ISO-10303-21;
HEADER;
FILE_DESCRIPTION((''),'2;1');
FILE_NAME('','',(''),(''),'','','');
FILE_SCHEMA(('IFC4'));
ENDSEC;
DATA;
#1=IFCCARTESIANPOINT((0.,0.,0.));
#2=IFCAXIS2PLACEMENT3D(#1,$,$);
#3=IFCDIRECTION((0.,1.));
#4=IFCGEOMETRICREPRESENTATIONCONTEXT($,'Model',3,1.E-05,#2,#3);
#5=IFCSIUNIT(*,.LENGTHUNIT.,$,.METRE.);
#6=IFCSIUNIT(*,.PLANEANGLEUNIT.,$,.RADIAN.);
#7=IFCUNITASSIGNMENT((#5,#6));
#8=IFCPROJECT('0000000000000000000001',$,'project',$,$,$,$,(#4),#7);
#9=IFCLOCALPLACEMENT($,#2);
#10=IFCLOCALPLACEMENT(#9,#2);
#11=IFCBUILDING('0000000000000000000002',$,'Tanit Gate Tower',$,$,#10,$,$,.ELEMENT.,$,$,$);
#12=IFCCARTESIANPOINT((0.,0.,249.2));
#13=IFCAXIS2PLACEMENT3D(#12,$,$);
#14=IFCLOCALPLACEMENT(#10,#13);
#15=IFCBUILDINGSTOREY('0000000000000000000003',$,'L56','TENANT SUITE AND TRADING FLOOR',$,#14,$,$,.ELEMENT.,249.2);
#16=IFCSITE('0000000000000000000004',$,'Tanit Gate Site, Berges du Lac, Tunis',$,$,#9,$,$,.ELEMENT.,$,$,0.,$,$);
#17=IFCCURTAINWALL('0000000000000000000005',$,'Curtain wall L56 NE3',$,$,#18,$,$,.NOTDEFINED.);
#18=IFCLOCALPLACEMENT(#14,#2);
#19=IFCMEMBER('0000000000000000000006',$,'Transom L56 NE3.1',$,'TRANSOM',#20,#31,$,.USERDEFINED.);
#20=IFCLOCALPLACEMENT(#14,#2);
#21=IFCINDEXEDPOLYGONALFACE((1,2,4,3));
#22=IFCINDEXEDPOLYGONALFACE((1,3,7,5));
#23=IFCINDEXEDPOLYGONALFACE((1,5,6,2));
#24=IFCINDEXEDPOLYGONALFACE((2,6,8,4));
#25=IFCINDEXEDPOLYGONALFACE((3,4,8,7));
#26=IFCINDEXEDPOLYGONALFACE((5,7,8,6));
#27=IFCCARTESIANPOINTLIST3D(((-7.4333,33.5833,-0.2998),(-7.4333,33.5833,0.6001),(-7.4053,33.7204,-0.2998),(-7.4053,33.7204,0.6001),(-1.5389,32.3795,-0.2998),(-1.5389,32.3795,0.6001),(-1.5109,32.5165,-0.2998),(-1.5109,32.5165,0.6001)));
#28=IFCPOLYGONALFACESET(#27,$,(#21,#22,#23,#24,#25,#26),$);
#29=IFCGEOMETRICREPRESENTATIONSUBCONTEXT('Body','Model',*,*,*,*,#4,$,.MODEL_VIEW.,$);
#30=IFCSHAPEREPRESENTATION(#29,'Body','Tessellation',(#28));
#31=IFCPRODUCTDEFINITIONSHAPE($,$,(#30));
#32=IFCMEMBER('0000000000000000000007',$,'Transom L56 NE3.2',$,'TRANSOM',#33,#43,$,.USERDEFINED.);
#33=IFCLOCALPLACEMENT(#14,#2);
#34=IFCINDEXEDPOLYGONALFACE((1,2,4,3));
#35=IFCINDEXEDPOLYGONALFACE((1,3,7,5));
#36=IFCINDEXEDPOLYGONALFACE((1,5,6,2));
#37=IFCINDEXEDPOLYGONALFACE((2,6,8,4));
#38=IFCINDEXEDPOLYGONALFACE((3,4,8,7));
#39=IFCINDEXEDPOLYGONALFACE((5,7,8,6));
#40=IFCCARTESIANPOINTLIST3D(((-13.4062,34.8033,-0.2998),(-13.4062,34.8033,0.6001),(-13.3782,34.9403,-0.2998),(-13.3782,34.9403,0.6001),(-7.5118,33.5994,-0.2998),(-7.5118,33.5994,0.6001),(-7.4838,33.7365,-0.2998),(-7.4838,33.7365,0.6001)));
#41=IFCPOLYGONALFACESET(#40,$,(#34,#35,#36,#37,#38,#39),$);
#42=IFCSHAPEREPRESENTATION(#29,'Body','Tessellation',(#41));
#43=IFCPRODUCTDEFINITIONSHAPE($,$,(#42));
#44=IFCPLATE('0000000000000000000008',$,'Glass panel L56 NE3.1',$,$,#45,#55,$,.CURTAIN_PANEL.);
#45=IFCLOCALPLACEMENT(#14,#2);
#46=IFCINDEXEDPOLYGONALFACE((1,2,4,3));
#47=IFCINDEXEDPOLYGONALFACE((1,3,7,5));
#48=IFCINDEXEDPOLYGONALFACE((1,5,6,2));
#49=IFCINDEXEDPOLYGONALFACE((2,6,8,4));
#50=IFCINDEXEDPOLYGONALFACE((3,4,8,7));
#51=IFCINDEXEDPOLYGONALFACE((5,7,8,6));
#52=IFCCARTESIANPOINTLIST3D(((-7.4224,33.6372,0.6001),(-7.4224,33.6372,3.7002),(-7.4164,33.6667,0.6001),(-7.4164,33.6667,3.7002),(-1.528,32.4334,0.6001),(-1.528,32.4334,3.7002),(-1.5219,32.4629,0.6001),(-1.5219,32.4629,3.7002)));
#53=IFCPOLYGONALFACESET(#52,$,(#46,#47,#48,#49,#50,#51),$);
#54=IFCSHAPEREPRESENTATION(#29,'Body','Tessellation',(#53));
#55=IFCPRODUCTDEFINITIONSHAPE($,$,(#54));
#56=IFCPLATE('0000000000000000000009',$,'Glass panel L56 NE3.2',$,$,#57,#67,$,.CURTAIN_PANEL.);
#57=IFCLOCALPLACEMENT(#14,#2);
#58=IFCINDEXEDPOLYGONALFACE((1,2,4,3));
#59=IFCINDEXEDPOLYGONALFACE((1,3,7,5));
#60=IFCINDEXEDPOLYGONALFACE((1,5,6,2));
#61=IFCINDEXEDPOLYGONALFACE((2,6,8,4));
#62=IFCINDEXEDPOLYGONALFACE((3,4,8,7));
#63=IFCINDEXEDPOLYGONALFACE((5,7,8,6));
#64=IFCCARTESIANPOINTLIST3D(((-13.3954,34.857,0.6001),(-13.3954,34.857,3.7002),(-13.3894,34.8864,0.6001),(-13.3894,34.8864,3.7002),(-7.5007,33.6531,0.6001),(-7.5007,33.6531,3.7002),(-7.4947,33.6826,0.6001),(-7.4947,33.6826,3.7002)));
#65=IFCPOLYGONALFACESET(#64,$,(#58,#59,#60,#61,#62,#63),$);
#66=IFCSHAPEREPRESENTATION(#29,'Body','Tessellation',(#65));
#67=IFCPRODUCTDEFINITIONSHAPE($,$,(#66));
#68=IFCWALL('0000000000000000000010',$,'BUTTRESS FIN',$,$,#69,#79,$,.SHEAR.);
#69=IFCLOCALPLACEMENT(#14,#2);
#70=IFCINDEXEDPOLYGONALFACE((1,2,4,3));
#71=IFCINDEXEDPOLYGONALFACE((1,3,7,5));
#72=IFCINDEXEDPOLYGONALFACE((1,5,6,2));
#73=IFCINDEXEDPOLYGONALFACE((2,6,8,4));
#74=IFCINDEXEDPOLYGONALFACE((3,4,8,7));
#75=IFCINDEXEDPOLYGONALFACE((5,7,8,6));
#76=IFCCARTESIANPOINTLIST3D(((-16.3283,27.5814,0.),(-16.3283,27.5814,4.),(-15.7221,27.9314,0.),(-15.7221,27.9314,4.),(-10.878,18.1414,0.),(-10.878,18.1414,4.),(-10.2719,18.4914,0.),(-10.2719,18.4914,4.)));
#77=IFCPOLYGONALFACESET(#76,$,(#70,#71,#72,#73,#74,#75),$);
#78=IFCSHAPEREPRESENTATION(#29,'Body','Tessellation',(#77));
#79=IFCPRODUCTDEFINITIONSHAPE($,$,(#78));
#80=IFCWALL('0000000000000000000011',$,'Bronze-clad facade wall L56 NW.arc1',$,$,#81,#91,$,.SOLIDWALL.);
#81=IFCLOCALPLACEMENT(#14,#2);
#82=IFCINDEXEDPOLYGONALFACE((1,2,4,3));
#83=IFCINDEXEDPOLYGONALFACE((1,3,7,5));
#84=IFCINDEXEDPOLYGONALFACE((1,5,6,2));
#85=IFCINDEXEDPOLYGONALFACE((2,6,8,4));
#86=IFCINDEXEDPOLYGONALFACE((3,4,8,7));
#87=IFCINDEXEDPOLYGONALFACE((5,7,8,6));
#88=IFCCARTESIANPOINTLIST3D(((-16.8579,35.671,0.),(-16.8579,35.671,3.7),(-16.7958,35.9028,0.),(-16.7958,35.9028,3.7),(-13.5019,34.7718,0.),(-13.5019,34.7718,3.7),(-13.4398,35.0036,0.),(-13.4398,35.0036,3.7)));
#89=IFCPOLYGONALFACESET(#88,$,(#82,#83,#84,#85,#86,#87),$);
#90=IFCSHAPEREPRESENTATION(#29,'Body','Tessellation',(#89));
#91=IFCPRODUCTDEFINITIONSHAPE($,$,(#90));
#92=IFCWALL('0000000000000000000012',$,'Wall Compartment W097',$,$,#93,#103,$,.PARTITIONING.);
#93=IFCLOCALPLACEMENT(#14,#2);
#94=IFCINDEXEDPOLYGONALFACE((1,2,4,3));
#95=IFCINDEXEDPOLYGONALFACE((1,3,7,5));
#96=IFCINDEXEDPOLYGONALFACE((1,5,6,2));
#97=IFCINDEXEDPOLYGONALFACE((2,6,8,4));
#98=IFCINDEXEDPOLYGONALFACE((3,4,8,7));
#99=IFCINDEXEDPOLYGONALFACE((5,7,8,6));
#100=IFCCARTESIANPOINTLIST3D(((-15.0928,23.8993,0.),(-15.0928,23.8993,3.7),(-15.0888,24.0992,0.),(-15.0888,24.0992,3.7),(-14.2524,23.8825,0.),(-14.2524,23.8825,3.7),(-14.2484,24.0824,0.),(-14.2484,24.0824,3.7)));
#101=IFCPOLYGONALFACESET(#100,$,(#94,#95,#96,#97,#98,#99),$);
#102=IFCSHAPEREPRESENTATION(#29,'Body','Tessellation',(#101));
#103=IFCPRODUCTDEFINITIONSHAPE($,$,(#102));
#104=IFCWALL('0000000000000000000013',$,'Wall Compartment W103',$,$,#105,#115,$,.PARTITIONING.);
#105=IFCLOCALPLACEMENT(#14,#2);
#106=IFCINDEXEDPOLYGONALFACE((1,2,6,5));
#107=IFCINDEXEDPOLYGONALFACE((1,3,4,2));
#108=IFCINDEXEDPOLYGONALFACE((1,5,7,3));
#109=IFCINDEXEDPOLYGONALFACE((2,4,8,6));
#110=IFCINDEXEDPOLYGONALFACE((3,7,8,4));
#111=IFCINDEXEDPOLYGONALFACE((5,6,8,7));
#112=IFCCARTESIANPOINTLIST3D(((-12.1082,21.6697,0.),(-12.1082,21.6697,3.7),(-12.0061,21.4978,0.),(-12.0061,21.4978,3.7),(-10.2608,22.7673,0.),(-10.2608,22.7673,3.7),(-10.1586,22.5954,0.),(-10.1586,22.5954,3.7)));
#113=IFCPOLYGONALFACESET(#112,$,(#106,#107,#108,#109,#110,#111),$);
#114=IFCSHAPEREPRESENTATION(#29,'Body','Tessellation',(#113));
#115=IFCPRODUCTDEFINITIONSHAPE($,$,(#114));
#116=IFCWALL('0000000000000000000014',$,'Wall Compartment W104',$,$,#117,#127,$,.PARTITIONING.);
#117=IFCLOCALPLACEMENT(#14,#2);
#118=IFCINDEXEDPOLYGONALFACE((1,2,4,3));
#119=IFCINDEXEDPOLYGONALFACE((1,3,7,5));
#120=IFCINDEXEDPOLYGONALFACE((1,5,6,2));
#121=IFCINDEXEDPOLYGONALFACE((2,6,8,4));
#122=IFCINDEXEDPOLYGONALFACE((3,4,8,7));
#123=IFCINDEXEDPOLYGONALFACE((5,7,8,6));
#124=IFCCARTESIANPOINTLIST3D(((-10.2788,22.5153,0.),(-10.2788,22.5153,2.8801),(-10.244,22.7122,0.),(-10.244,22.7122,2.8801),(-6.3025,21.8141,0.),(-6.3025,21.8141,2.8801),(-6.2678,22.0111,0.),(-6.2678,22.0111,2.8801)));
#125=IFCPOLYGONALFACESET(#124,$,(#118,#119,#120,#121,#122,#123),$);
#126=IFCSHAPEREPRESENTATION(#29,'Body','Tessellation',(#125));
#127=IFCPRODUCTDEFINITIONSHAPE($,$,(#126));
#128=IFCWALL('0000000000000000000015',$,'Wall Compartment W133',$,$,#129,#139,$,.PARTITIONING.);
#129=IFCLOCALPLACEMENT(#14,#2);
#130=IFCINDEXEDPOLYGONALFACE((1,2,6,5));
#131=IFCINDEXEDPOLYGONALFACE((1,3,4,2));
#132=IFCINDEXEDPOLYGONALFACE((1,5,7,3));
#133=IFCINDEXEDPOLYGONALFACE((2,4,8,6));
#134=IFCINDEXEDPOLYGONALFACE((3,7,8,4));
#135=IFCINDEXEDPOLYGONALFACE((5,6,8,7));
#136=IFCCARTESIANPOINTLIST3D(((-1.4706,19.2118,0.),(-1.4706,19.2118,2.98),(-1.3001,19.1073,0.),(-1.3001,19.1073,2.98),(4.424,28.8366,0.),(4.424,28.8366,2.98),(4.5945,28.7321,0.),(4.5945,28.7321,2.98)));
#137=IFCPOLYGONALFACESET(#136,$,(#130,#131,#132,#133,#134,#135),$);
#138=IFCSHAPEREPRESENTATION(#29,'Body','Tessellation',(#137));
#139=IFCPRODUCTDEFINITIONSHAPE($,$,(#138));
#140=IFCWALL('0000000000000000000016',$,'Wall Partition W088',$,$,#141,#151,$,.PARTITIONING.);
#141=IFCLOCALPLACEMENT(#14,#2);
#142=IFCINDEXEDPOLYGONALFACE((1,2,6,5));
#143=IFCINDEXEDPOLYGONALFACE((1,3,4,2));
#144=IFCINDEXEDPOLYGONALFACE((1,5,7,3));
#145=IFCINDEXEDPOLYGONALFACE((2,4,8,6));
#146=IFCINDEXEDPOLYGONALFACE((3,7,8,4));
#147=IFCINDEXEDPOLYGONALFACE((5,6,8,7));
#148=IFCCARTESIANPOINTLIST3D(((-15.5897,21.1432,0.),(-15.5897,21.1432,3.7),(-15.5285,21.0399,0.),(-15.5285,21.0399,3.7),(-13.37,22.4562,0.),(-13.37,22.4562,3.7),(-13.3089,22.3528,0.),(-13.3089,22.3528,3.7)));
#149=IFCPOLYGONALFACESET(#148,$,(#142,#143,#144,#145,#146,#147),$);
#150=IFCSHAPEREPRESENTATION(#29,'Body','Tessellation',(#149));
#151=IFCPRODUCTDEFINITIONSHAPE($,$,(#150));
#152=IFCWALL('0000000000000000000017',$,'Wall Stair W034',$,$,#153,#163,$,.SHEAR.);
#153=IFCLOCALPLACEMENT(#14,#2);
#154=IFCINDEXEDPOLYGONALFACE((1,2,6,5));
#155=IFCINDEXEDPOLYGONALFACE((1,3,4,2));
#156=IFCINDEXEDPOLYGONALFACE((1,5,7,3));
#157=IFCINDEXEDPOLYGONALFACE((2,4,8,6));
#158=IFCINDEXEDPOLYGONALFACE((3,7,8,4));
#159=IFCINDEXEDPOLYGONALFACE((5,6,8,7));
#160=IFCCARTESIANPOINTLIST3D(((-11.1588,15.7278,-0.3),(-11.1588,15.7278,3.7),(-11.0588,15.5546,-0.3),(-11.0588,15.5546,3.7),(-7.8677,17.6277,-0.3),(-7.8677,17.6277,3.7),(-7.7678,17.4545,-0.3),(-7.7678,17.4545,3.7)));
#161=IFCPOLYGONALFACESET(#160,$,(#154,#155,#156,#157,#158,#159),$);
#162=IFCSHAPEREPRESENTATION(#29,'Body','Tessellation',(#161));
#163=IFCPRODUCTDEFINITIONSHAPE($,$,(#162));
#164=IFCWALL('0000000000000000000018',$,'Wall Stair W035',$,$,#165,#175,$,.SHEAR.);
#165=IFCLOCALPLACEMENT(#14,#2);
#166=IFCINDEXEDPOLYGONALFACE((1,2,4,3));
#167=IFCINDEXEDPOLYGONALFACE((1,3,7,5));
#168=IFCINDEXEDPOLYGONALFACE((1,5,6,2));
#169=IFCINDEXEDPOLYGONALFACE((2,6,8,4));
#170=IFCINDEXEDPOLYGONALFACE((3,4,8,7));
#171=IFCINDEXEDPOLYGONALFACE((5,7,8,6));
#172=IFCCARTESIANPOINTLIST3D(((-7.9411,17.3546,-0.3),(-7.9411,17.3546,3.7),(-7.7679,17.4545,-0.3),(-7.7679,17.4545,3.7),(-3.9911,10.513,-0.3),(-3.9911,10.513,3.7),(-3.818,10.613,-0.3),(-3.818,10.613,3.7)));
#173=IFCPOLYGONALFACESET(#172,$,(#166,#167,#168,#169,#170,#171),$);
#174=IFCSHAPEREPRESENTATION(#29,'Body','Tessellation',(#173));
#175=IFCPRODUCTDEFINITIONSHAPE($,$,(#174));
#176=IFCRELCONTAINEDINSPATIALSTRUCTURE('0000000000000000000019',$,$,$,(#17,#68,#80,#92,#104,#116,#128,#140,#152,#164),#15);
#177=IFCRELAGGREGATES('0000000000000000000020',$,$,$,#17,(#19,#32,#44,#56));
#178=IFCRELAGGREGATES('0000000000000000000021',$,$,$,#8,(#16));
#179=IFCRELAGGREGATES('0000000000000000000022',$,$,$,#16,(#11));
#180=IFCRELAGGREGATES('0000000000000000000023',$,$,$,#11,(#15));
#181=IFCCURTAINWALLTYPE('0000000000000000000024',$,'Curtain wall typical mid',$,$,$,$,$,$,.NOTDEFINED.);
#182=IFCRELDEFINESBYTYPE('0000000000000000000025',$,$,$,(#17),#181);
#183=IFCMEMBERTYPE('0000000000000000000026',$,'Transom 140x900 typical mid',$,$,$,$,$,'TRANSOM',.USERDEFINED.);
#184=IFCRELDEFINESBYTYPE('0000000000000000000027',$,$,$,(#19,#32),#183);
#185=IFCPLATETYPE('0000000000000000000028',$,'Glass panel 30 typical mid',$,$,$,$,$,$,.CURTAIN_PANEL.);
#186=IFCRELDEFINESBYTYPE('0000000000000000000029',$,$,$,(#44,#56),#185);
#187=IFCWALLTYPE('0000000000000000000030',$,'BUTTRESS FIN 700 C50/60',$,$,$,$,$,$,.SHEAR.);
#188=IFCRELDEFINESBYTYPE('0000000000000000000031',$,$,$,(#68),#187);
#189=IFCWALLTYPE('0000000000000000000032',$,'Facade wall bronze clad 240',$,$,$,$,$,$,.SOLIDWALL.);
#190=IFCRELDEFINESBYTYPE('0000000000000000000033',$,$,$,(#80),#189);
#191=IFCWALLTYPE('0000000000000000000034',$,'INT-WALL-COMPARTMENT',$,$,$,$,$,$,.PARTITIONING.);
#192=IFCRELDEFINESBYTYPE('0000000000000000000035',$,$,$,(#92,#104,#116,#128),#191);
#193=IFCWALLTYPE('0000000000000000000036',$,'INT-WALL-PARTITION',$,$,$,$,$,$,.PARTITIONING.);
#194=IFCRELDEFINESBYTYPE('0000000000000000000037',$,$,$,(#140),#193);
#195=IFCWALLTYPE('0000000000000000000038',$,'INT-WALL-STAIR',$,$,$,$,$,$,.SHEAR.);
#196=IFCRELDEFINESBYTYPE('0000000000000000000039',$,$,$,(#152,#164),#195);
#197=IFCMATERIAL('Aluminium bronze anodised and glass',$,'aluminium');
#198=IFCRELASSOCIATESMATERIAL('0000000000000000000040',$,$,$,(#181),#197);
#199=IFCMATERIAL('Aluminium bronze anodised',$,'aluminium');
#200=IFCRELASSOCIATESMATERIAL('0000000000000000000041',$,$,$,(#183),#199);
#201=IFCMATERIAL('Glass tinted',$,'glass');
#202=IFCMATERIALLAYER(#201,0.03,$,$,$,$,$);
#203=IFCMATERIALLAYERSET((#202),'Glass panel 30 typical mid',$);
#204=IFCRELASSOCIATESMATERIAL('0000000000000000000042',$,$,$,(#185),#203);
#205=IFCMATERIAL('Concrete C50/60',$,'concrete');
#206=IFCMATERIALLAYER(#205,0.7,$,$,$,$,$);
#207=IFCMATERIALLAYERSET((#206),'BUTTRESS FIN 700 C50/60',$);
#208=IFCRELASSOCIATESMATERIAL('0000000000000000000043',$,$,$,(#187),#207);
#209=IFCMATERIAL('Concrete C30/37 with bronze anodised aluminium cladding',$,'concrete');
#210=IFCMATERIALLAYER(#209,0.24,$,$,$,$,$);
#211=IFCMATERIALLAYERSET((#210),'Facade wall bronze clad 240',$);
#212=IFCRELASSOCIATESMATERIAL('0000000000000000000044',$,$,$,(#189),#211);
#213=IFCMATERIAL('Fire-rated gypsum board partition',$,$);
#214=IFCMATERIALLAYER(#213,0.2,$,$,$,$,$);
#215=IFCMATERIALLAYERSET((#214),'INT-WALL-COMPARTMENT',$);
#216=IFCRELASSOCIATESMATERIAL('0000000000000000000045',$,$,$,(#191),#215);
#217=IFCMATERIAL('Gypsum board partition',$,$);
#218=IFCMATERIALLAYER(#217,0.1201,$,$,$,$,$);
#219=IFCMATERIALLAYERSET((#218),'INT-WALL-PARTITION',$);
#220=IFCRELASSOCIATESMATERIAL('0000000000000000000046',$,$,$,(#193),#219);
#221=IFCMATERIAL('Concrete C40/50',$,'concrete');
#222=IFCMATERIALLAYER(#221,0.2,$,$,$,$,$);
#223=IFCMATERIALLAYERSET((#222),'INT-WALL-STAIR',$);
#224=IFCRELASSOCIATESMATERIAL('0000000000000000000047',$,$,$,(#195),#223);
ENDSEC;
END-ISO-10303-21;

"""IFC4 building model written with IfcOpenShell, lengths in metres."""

from ifc_helpers import new_model, si_unit, direction, frame, frame_2d, origin, origin_2d, place, context, subcontext, project, spatial, rectangle, extrude, material, layer, layer_set, material_profile, profile_set, type_object, element, aggregate, save


model = new_model("IFC4")

# Units and contexts
model_context = context("Model", 3, precision=1e-05, world=origin(), true_north=direction((0.0, 1.0)))
body_context = subcontext(model_context, "Body", "Model", "MODEL_VIEW")
ifc_project = project(units=[si_unit("LENGTHUNIT", "METRE"), si_unit("PLANEANGLEUNIT", "RADIAN")], contexts=[model_context])

# Site, building, storey
site_placement = place(None, origin())
site = spatial("IfcSite", under=ifc_project, at=site_placement, Name="Tanit Gate Site, Berges du Lac, Tunis", CompositionType="ELEMENT", RefElevation=0.0)
building_placement = place(site_placement, origin())
building = spatial("IfcBuilding", under=site, at=building_placement, Name="Tanit Gate Tower", CompositionType="ELEMENT")
storey_placement = place(building_placement, frame((0.0, 0.0, 249.2)))
storey = spatial("IfcBuildingStorey", under=building, at=storey_placement, Name="L56", Description="TENANT SUITE AND TRADING FLOOR", CompositionType="ELEMENT", Elevation=249.2)

# Curtain wall
ifc_material_1 = material(Name="Aluminium bronze anodised and glass", Category="aluminium")
curtain_wall_type = type_object("IfcCurtainWallType", Name="Curtain wall typical mid", PredefinedType="NOTDEFINED", material=ifc_material_1)
curtain_wall_1_placement = place(storey_placement, origin())
curtain_wall_1 = element("IfcCurtainWall", 1, at=curtain_wall_1_placement, inside=storey, type_object=curtain_wall_type, Name="Curtain wall L56 NE3", PredefinedType="NOTDEFINED")

# Members
ifc_material_2 = material(Name="Aluminium bronze anodised", Category="aluminium")
ifc_material_profile_1 = material_profile(ifc_material_2, rectangle(XDim=0.1399, YDim=0.8999, at=origin_2d()), Name="140x900 bronze transom")
ifc_profile_set_1 = profile_set([ifc_material_profile_1], Name="Aluminium bronze anodised")
member_type_1 = type_object("IfcMemberType", Name="Transom 140x900 typical mid", ElementType="TRANSOM", PredefinedType="USERDEFINED", material=ifc_profile_set_1)
member_1_placement = place(storey_placement, frame((-1.5249, 32.448, 0.1501), z_axis=(-0.979775, 0.200102, 0.0), x_axis=(-0.200102, -0.979775, 0.0)))
member_1 = element("IfcMember", 2, at=member_1_placement, type_object=member_type_1, Name="Transom L56 NE3.1", ObjectType="TRANSOM", PredefinedType="USERDEFINED", context=body_context, shape_type="SweptSolid", body=[
    extrude(rectangle(XDim=0.1399, YDim=0.8999, at=origin_2d()), origin(), (0.0, 0.0, 1.0), 6.0161),
])
member_2_placement = place(storey_placement, frame((-7.4978, 33.668, 0.1501), z_axis=(-0.979775, 0.200102, 0.0), x_axis=(-0.200102, -0.979775, 0.0)))
member_2 = element("IfcMember", 3, at=member_2_placement, type_object=member_type_1, Name="Transom L56 NE3.2", ObjectType="TRANSOM", PredefinedType="USERDEFINED", context=body_context, shape_type="SweptSolid", body=[
    extrude(rectangle(XDim=0.1399, YDim=0.8999, at=origin_2d()), origin(), (0.0, 0.0, 1.0), 6.0161),
])

# Plates
ifc_material_3 = material(Name="Glass tinted", Category="glass")
ifc_layer_1 = layer(ifc_material_3, 0.03)
ifc_layer_set_1 = layer_set([ifc_layer_1], Name="Glass panel 30 typical mid")
plate_type = type_object("IfcPlateType", Name="Glass panel 30 typical mid", PredefinedType="CURTAIN_PANEL", material=ifc_layer_set_1)
plate_1_placement = place(storey_placement, frame((-4.4722, 33.05, 0.6001), z_axis=(0.0, 0.0, 1.0), x_axis=(-0.979776, 0.200098, 0.0)))
plate_1 = element("IfcPlate", 4, at=plate_1_placement, type_object=plate_type, Name="Glass panel L56 NE3.1", PredefinedType="CURTAIN_PANEL", context=body_context, shape_type="SweptSolid", body=[
    extrude(rectangle(XDim=6.0161, YDim=0.03, at=origin_2d()), origin(), (0.0, 0.0, 1.0), 3.1001),
])
plate_2_placement = place(storey_placement, frame((-10.4451, 34.2698, 0.6001), z_axis=(0.0, 0.0, 1.0), x_axis=(-0.979776, 0.200098, 0.0)))
plate_2 = element("IfcPlate", 5, at=plate_2_placement, type_object=plate_type, Name="Glass panel L56 NE3.2", PredefinedType="CURTAIN_PANEL", context=body_context, shape_type="SweptSolid", body=[
    extrude(rectangle(XDim=6.0164, YDim=0.03, at=origin_2d()), origin(), (0.0, 0.0, 1.0), 3.1001),
])
aggregate(curtain_wall_1, [member_1, member_2, plate_1, plate_2])

# Walls
ifc_material_4 = material(Name="Concrete C50/60", Category="concrete")
ifc_layer_2 = layer(ifc_material_4, 0.7)
ifc_layer_set_2 = layer_set([ifc_layer_2], Name="BUTTRESS FIN 700 C50/60")
wall_type_1 = type_object("IfcWallType", Name="BUTTRESS FIN 700 C50/60", PredefinedType="SHEAR", material=ifc_layer_set_2)
wall_1_placement = place(storey_placement, frame((-10.575, 18.3164, 0.0), z_axis=(0.0, 0.0, 1.0), x_axis=(-0.500003, 0.866024, 0.0)))
element("IfcWall", 6, at=wall_1_placement, inside=storey, type_object=wall_type_1, Name="BUTTRESS FIN", PredefinedType="SHEAR", context=body_context, shape_type="SweptSolid", body=[
    extrude(rectangle(XDim=10.9004, YDim=0.7, at=frame_2d((5.4502, 0.0))), origin(), (0.0, 0.0, 1.0), 4.0),
])
ifc_material_5 = material(Name="Concrete C30/37 with bronze anodised aluminium cladding", Category="concrete")
ifc_layer_3 = layer(ifc_material_5, 0.24)
ifc_layer_set_3 = layer_set([ifc_layer_3], Name="Facade wall bronze clad 240")
wall_type_2 = type_object("IfcWallType", Name="Facade wall bronze clad 240", PredefinedType="SOLIDWALL", material=ifc_layer_set_3)
wall_2_placement = place(storey_placement, frame((-13.4707, 34.8877, 0.0), z_axis=(0.0, 0.0, 1.0), x_axis=(-0.96593, 0.258804, 0.0)))
element("IfcWall", 7, at=wall_2_placement, inside=storey, type_object=wall_type_2, Name="Bronze-clad facade wall L56 NW.arc1", PredefinedType="SOLIDWALL", context=body_context, shape_type="SweptSolid", body=[
    extrude(rectangle(XDim=3.4744, YDim=0.24, at=frame_2d((1.7373, 0.0))), origin(), (0.0, 0.0, 1.0), 3.7),
])
ifc_material_6 = material(Name="Fire-rated gypsum board partition")
ifc_layer_4 = layer(ifc_material_6, 0.2)
ifc_layer_set_4 = layer_set([ifc_layer_4], Name="INT-WALL-COMPARTMENT")
wall_type_3 = type_object("IfcWallType", Name="INT-WALL-COMPARTMENT", PredefinedType="PARTITIONING", material=ifc_layer_set_4)
wall_3_placement = place(storey_placement, frame((-14.2502, 23.9824, 0.0), z_axis=(0.0, 0.0, 1.0), x_axis=(-0.999799, 0.020042, 0.0)))
element("IfcWall", 8, at=wall_3_placement, inside=storey, type_object=wall_type_3, Name="Wall Compartment W097", PredefinedType="PARTITIONING", context=body_context, shape_type="SweptSolid", body=[
    extrude(rectangle(XDim=0.8406, YDim=0.2, at=frame_2d((0.4204, 0.0))), origin(), (0.0, 0.0, 1.0), 3.7),
])
wall_4_placement = place(storey_placement, frame((-10.2097, 22.6814, 0.0), z_axis=(0.0, 0.0, 1.0), x_axis=(-0.8597, -0.510799, 0.0)))
element("IfcWall", 9, at=wall_4_placement, inside=storey, type_object=wall_type_3, Name="Wall Compartment W103", PredefinedType="PARTITIONING", context=body_context, shape_type="SweptSolid", body=[
    extrude(rectangle(XDim=2.1489, YDim=0.2, at=frame_2d((1.0745, 0.0))), origin(), (0.0, 0.0, 1.0), 3.7),
])
wall_5_placement = place(storey_placement, frame((-6.2852, 21.9126, 0.0), z_axis=(0.0, 0.0, 1.0), x_axis=(-0.984806, 0.173658, 0.0)))
element("IfcWall", 10, at=wall_5_placement, inside=storey, type_object=wall_type_3, Name="Wall Compartment W104", PredefinedType="PARTITIONING", context=body_context, shape_type="SweptSolid", body=[
    extrude(rectangle(XDim=4.0376, YDim=0.2, at=frame_2d((2.0188, 0.0))), origin(), (0.0, 0.0, 1.0), 2.8801),
])
wall_6_placement = place(storey_placement, frame((-1.3853, 19.1597, 0.0), z_axis=(0.0, 0.0, 1.0), x_axis=(0.522271, 0.852779, 0.0)))
element("IfcWall", 11, at=wall_6_placement, inside=storey, type_object=wall_type_3, Name="Wall Compartment W133", PredefinedType="PARTITIONING", context=body_context, shape_type="SweptSolid", body=[
    extrude(rectangle(XDim=11.2864, YDim=0.2, at=frame_2d((5.6431, 0.0))), origin(), (0.0, 0.0, 1.0), 2.98),
])
ifc_material_7 = material(Name="Gypsum board partition")
ifc_layer_5 = layer(ifc_material_7, 0.1201)
ifc_layer_set_5 = layer_set([ifc_layer_5], Name="INT-WALL-PARTITION")
wall_type_4 = type_object("IfcWallType", Name="INT-WALL-PARTITION", PredefinedType="PARTITIONING", material=ifc_layer_set_5)
wall_7_placement = place(storey_placement, frame((-13.3394, 22.4045, 0.0), z_axis=(0.0, 0.0, 1.0), x_axis=(-0.8607, -0.509112, 0.0)))
element("IfcWall", 12, at=wall_7_placement, inside=storey, type_object=wall_type_4, Name="Wall Partition W088", PredefinedType="PARTITIONING", context=body_context, shape_type="SweptSolid", body=[
    extrude(rectangle(XDim=2.5789, YDim=0.1201, at=frame_2d((1.2896, 0.0))), origin(), (0.0, 0.0, 1.0), 3.7),
])
ifc_material_8 = material(Name="Concrete C40/50", Category="concrete")
ifc_layer_6 = layer(ifc_material_8, 0.2)
ifc_layer_set_6 = layer_set([ifc_layer_6], Name="INT-WALL-STAIR")
wall_type_5 = type_object("IfcWallType", Name="INT-WALL-STAIR", PredefinedType="SHEAR", material=ifc_layer_set_6)
wall_8_placement = place(storey_placement, frame((-7.8179, 17.541, -0.3), z_axis=(0.0, 0.0, 1.0), x_axis=(-0.866044, -0.499967, 0.0)))
element("IfcWall", 13, at=wall_8_placement, inside=storey, type_object=wall_type_5, Name="Wall Stair W034", PredefinedType="SHEAR", context=body_context, shape_type="SweptSolid", body=[
    extrude(rectangle(XDim=3.8, YDim=0.2, at=frame_2d((1.8999, 0.0))), origin(), (0.0, 0.0, 1.0), 4.0),
])
wall_9_placement = place(storey_placement, frame((-7.8545, 17.4045, -0.3), z_axis=(0.0, 0.0, 1.0), x_axis=(0.499998, -0.866027, 0.0)))
element("IfcWall", 14, at=wall_9_placement, inside=storey, type_object=wall_type_5, Name="Wall Stair W035", PredefinedType="SHEAR", context=body_context, shape_type="SweptSolid", body=[
    extrude(rectangle(XDim=7.8999, YDim=0.2, at=frame_2d((3.95, 0.0))), origin(), (0.0, 0.0, 1.0), 4.0),
])

save(model, "model.ifc")
